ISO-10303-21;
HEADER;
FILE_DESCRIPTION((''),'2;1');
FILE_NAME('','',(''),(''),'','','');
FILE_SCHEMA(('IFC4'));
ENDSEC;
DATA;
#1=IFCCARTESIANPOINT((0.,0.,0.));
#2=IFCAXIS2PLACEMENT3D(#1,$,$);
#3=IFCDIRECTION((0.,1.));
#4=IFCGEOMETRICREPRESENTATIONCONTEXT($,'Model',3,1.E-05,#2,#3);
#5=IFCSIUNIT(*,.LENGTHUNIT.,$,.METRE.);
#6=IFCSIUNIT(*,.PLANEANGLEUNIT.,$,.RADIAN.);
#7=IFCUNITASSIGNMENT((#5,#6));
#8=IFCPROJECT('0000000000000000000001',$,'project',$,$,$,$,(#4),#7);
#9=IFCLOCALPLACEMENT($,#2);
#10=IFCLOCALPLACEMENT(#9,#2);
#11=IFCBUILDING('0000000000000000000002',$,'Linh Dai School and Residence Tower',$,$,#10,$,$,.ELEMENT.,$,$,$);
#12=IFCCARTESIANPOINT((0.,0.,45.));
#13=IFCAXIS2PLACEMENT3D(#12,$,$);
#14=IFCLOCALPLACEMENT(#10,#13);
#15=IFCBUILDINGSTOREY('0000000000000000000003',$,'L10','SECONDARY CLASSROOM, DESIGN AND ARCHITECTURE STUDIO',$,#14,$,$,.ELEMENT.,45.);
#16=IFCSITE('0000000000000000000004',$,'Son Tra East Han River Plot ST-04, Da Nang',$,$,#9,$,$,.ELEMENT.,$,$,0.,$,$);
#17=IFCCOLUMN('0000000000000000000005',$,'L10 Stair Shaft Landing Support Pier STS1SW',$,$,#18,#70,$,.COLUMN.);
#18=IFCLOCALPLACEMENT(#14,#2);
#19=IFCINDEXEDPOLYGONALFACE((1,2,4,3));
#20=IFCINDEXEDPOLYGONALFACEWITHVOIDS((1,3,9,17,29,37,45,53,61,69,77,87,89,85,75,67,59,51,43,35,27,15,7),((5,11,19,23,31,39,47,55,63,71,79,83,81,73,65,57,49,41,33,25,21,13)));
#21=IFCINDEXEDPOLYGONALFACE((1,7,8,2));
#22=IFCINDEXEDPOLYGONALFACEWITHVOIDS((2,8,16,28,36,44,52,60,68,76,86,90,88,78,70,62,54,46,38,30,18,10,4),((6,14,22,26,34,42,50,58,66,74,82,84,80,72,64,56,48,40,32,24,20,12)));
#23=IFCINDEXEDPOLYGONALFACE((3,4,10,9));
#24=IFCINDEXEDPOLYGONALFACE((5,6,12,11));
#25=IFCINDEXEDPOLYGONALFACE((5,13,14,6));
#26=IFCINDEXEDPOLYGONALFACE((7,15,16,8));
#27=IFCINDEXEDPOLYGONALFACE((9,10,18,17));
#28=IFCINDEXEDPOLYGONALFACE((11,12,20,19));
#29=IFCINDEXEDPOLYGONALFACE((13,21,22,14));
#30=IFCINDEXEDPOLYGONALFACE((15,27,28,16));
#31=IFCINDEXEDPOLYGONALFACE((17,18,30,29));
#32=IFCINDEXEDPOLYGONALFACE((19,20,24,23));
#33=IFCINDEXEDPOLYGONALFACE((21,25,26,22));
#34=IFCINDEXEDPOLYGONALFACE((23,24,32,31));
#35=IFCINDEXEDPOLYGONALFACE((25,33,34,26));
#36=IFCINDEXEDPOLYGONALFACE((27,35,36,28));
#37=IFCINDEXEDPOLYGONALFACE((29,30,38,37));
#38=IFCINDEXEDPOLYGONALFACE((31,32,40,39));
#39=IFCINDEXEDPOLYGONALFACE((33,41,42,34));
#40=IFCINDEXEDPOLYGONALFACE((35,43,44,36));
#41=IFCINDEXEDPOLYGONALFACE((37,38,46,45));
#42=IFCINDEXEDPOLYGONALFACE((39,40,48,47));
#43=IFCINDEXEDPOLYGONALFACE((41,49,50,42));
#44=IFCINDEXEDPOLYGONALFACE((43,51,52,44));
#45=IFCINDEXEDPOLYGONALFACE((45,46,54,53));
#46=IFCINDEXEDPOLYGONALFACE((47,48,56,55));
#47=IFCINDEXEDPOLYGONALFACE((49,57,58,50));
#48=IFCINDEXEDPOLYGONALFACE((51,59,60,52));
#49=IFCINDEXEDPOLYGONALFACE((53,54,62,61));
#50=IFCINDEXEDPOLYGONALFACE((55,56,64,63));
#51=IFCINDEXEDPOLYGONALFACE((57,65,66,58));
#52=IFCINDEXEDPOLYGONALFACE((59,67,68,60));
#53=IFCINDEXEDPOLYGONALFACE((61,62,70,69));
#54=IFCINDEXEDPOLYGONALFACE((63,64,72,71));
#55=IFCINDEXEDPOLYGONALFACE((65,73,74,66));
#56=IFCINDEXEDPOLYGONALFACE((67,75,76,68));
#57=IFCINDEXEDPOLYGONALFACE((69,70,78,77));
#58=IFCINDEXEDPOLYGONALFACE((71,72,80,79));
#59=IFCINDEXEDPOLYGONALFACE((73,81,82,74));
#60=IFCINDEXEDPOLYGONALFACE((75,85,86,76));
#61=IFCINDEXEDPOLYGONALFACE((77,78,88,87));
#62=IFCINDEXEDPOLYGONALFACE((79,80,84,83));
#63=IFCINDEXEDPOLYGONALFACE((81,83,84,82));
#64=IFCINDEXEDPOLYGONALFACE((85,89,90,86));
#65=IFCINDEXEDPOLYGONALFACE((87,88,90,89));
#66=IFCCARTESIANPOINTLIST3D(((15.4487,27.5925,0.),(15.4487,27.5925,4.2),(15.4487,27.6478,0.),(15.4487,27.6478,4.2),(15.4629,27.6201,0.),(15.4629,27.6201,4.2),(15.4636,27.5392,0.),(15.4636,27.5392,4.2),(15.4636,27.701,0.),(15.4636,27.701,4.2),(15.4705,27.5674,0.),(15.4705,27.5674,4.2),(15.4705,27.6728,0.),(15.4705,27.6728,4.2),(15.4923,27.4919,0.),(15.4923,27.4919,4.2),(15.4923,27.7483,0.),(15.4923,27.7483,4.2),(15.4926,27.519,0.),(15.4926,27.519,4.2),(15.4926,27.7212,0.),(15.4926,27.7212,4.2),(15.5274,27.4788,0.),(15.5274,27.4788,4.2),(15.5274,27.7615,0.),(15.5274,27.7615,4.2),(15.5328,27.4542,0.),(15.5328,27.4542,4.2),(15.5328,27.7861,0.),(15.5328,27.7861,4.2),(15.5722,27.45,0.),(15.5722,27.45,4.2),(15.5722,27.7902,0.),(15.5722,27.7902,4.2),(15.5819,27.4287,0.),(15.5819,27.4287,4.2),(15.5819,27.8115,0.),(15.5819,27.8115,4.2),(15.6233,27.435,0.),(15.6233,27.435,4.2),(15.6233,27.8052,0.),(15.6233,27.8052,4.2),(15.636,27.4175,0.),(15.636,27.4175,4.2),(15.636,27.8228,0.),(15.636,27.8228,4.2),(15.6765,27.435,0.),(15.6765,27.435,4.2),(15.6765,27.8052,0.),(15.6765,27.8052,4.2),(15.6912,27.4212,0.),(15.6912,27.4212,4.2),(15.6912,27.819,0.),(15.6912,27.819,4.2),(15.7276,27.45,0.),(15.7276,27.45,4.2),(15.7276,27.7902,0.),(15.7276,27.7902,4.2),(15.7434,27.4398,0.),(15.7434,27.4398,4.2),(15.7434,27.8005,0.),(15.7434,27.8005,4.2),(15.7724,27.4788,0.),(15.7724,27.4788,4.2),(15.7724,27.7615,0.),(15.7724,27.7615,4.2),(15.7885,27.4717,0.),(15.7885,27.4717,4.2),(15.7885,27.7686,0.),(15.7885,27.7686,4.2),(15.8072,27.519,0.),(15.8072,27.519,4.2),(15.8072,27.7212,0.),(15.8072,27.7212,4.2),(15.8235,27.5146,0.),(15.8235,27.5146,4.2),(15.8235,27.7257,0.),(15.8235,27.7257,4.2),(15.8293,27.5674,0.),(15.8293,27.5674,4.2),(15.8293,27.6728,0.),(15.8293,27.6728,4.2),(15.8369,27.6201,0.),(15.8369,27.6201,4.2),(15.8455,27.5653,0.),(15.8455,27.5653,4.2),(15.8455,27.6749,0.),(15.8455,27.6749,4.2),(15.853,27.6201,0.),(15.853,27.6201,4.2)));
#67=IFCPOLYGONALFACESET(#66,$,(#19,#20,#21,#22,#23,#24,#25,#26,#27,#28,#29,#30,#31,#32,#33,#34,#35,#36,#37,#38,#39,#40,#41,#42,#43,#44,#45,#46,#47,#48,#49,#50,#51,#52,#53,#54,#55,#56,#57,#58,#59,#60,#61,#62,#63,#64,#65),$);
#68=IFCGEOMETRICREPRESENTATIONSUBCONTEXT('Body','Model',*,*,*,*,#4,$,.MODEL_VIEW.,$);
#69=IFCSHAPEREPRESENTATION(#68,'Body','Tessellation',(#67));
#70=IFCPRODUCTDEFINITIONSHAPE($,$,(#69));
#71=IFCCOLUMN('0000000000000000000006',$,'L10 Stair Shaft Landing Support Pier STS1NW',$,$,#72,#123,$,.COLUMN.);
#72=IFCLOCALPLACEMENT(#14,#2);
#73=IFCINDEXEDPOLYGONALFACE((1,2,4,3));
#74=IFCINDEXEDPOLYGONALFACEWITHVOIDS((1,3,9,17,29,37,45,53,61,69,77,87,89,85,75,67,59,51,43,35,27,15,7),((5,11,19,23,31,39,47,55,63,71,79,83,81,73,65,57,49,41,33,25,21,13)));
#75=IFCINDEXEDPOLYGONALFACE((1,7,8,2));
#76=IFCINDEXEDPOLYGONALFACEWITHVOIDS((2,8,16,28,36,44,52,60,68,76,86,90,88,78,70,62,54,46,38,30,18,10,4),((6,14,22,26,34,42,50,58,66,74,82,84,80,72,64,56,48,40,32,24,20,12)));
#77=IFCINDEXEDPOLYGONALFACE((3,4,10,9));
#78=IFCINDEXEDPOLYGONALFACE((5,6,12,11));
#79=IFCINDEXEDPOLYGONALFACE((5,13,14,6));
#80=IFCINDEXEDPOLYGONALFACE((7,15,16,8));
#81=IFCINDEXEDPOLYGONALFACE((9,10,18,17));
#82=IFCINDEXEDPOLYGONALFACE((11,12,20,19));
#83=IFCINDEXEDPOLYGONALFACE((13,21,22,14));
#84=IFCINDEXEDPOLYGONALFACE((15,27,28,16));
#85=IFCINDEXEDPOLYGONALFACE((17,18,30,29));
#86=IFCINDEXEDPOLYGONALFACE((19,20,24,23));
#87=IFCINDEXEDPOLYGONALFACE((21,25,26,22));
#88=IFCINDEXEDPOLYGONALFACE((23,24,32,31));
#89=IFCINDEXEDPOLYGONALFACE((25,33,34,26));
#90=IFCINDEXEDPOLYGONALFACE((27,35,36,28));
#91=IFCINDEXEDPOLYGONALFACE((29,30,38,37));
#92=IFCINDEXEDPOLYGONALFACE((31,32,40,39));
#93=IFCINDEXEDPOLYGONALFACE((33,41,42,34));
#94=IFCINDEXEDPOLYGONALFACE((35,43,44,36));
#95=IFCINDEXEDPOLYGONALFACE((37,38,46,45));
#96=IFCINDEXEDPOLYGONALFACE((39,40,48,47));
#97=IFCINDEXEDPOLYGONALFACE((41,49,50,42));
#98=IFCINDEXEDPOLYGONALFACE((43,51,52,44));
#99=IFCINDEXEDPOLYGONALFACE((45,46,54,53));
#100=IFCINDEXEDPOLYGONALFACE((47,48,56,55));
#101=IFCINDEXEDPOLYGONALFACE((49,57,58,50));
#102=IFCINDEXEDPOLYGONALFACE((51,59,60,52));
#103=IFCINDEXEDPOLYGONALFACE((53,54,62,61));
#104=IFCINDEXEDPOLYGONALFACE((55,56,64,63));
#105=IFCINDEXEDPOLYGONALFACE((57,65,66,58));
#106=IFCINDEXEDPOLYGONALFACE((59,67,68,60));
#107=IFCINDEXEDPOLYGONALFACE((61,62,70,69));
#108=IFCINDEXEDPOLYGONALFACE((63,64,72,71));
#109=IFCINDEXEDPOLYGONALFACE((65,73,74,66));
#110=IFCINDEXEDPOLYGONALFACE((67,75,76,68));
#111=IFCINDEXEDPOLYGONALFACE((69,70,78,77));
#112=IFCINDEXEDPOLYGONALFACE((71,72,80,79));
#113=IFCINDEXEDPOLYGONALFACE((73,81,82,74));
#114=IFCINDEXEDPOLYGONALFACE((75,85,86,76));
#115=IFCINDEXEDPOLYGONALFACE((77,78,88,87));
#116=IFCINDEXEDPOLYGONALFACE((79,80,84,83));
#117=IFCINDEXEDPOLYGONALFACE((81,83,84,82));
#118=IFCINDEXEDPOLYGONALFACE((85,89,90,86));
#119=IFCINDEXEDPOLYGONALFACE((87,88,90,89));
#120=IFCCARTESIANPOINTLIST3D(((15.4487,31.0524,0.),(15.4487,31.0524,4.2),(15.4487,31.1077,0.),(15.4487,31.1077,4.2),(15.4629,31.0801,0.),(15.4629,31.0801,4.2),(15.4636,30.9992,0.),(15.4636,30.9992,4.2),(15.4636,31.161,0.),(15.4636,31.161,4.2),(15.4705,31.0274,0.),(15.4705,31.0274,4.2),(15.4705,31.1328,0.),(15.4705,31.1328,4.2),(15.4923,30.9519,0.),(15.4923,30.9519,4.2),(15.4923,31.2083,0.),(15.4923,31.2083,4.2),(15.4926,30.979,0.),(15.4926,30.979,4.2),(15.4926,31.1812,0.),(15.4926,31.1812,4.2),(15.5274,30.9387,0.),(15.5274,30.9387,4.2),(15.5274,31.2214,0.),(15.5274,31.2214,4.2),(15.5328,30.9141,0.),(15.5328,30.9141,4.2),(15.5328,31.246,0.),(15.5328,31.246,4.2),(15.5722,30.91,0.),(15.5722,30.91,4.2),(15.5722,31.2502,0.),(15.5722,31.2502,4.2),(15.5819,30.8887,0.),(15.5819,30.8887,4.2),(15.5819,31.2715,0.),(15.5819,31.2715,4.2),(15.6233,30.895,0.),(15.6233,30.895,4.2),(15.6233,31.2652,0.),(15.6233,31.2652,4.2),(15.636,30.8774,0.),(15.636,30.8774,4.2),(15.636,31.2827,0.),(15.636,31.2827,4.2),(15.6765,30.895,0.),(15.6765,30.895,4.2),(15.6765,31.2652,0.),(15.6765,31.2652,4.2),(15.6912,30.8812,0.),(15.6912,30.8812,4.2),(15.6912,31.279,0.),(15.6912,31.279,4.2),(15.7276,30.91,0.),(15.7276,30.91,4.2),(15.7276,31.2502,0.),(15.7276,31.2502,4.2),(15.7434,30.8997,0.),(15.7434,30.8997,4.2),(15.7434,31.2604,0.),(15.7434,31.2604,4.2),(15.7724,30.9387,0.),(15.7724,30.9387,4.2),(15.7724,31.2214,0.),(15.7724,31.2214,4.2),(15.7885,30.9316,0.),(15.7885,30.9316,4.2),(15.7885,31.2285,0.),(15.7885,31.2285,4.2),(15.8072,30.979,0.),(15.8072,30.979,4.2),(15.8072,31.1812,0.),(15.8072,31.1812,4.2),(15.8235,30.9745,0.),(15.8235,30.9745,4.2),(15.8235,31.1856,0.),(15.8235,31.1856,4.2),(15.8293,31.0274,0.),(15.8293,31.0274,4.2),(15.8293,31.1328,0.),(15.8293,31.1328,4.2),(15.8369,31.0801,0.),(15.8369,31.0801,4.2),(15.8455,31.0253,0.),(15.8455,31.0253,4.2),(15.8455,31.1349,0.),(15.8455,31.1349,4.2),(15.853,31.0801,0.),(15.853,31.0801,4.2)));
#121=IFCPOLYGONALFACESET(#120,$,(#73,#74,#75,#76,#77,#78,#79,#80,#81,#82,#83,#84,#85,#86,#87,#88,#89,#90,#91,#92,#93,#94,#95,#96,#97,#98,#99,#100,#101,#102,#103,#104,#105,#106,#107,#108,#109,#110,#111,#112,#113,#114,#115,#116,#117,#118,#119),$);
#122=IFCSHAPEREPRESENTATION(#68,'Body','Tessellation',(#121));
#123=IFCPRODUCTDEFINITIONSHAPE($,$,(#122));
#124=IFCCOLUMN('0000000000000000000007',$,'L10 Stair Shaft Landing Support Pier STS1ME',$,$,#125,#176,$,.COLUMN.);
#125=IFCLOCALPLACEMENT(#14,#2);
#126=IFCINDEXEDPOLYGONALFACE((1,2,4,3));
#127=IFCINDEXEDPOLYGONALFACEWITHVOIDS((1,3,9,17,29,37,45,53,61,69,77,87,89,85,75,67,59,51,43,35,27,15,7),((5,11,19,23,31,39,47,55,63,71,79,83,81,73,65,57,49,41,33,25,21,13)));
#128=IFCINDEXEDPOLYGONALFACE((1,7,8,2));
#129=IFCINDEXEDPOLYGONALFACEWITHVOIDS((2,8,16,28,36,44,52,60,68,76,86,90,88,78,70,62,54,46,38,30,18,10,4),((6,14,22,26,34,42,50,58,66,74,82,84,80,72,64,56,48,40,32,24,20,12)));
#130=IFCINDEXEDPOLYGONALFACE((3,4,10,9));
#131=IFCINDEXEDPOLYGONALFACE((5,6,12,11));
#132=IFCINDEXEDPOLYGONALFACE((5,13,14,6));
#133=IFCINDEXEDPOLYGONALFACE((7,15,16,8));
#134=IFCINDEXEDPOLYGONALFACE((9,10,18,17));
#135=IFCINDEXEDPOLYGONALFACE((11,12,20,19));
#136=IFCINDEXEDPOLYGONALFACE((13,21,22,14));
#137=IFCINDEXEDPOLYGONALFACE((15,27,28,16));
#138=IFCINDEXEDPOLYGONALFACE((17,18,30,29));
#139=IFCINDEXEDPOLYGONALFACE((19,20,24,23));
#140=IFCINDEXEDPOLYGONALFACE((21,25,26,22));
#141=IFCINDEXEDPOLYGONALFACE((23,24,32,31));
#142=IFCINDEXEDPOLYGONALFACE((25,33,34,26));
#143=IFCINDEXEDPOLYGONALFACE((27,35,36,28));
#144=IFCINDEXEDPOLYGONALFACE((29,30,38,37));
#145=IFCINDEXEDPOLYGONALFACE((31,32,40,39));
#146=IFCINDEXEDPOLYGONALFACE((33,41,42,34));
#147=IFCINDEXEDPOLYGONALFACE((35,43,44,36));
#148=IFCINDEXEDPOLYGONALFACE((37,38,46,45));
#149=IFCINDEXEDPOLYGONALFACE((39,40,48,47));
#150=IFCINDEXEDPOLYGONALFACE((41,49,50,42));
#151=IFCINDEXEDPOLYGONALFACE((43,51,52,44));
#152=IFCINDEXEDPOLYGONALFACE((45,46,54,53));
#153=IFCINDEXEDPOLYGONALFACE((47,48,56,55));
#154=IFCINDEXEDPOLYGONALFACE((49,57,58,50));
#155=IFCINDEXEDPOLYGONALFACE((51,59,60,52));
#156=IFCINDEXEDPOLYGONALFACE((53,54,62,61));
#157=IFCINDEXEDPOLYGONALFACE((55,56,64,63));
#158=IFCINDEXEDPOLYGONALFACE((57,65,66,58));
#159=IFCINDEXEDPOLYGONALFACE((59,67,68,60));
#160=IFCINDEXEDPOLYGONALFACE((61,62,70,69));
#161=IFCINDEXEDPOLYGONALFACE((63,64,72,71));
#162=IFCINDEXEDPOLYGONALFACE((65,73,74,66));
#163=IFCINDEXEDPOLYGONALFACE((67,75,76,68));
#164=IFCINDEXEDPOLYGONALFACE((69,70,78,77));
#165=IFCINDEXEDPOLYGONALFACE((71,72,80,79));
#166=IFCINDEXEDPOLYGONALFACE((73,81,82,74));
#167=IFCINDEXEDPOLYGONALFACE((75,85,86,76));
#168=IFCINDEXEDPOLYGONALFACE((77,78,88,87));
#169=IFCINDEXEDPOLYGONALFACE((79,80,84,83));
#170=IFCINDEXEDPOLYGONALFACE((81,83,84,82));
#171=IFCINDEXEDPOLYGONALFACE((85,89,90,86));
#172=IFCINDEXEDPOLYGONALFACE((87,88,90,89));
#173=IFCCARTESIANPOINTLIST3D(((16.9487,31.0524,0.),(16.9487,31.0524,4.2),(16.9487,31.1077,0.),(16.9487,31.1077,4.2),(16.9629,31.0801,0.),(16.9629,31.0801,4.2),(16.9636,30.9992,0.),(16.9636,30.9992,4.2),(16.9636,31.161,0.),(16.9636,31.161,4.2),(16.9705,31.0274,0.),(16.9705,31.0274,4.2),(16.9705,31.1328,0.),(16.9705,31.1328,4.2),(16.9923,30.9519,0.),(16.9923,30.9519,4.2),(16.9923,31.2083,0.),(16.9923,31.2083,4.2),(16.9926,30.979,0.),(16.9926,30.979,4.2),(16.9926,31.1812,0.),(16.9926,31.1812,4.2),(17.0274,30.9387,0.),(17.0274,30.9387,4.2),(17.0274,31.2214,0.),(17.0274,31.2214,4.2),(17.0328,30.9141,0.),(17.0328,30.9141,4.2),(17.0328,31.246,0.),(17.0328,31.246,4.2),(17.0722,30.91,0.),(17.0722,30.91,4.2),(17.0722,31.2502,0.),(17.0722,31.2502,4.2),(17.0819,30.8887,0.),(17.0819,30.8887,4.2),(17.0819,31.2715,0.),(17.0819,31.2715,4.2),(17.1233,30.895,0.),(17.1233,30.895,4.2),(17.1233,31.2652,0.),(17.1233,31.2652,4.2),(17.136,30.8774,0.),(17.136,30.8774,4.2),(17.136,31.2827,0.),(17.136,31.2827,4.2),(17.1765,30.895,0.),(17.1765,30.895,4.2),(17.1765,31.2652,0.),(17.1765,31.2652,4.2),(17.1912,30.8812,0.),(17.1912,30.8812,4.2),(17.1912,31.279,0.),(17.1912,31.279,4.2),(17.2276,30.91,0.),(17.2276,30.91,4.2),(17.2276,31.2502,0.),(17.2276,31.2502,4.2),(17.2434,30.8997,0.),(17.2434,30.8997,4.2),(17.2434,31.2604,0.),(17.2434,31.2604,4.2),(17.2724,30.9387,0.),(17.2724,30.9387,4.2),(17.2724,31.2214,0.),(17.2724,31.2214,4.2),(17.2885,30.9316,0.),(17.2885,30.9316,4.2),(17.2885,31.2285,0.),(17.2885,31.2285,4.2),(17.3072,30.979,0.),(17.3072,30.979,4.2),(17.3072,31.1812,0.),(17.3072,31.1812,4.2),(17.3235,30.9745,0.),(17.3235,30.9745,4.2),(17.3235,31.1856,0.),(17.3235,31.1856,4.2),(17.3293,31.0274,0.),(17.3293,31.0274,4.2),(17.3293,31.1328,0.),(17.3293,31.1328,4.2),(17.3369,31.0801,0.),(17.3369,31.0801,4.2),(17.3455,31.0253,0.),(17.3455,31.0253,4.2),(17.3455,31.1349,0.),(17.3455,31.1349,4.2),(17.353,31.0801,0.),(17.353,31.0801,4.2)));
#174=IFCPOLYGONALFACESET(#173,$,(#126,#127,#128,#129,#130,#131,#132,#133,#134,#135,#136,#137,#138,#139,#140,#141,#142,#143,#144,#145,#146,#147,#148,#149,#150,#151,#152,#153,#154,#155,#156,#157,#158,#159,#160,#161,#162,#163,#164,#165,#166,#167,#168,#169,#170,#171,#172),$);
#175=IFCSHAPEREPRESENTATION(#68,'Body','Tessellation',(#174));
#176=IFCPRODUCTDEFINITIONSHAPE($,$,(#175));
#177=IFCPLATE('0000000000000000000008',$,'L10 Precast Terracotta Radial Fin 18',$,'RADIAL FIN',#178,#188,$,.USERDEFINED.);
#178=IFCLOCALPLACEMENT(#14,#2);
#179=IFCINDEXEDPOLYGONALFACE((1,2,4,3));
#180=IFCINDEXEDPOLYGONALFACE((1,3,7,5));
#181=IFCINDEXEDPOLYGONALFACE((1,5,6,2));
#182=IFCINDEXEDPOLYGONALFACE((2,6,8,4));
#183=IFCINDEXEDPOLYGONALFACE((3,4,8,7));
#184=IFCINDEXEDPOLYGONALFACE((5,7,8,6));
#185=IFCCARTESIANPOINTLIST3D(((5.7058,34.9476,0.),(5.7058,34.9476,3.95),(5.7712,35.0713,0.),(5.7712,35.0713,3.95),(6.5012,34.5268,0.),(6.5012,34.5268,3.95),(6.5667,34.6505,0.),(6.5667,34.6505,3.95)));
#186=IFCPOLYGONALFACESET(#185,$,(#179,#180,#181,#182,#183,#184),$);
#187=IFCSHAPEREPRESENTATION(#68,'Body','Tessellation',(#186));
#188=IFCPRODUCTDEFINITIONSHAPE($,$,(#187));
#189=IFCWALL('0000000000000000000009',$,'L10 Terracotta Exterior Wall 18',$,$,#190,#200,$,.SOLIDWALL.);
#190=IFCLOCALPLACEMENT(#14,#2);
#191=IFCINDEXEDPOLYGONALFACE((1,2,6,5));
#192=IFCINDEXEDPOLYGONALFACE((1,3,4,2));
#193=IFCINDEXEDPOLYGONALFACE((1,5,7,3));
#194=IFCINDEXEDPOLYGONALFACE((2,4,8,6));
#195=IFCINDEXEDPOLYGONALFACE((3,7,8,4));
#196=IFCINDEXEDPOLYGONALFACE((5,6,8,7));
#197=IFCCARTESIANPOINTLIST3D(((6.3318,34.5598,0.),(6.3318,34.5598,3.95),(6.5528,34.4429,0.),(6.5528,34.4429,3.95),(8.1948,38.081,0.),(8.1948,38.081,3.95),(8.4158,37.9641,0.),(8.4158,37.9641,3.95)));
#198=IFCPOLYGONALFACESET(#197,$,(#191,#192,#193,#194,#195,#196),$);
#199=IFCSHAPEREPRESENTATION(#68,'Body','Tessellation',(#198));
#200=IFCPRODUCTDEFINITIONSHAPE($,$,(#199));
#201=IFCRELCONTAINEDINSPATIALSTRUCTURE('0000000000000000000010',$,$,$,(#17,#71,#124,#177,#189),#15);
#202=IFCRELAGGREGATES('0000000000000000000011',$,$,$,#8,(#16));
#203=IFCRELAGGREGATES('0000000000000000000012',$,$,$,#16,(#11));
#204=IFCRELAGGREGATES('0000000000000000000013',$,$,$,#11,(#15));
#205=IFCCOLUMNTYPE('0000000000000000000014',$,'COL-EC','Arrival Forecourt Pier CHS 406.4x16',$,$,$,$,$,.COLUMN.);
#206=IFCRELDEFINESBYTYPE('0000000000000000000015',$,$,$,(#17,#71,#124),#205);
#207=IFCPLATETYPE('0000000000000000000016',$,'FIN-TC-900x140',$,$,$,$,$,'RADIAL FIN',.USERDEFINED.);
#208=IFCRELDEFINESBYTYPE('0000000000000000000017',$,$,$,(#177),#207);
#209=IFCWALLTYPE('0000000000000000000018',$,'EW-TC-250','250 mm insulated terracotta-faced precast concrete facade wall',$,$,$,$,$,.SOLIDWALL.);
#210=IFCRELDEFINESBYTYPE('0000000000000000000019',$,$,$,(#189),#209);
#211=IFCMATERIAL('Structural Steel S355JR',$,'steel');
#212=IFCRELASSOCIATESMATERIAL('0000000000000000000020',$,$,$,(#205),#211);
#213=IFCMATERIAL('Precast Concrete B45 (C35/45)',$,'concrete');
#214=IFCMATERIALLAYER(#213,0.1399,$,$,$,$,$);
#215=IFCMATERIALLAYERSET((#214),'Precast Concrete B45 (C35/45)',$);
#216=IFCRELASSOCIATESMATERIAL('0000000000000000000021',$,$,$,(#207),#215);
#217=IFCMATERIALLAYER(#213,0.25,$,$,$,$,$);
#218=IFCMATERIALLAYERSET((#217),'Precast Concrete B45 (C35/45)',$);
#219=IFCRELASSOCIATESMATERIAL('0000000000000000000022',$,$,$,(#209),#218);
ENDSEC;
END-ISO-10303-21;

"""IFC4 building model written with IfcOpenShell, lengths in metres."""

from ifc_helpers import new_model, si_unit, direction, frame, frame_2d, origin, origin_2d, place, context, subcontext, project, spatial, rectangle, hollow_circle, extrude, source, transform, mapped, material, layer, layer_set, material_profile, profile_set, type_object, element, save


model = new_model("IFC4")

# Units and contexts
model_context = context("Model", 3, precision=1e-05, world=origin(), true_north=direction((0.0, 1.0)))
body_context = subcontext(model_context, "Body", "Model", "MODEL_VIEW")
ifc_project = project(units=[si_unit("LENGTHUNIT", "METRE"), si_unit("PLANEANGLEUNIT", "RADIAN")], contexts=[model_context])

# Site, building, storey
site_placement = place(None, origin())
site = spatial("IfcSite", under=ifc_project, at=site_placement, Name="Son Tra East Han River Plot ST-04, Da Nang", CompositionType="ELEMENT", RefElevation=0.0)
building_placement = place(site_placement, origin())
building = spatial("IfcBuilding", under=site, at=building_placement, Name="Linh Dai School and Residence Tower", CompositionType="ELEMENT")
storey_placement = place(building_placement, frame((0.0, 0.0, 45.0)))
storey = spatial("IfcBuildingStorey", under=building, at=storey_placement, Name="L10", Description="SECONDARY CLASSROOM, DESIGN AND ARCHITECTURE STUDIO", CompositionType="ELEMENT", Elevation=45.0)

# Columns
ifc_material_1 = material(Name="Structural Steel S355JR", Category="steel")
ifc_material_profile = material_profile(ifc_material_1, hollow_circle(Radius=0.2031, WallThickness=0.0161, at=origin_2d()), Name="CHS 406.4x16")
ifc_profile_set = profile_set([ifc_material_profile], Name="Structural Steel S355JR")
column_type = type_object("IfcColumnType", Name="COL-EC", Description="Arrival Forecourt Pier CHS 406.4x16", PredefinedType="COLUMN", material=ifc_profile_set)
for number, where, z_axis, x_axis, name in (
    (1, (15.6499, 27.6201, 0.0), (0.0, 0.0, 1.0), (1.0, 0.0, 0.0), "L10 Stair Shaft Landing Support Pier STS1SW"),
    (2, (15.6499, 31.0801, 0.0), (0.0, 0.0, 1.0), (1.0, 0.0, 0.0), "L10 Stair Shaft Landing Support Pier STS1NW"),
    (3, (17.1499, 31.0801, 0.0), (0.0, 0.0, 1.0), (1.0, 0.0, 0.0), "L10 Stair Shaft Landing Support Pier STS1ME"),
):
    element("IfcColumn", number, at=place(storey_placement, frame(where, z_axis=z_axis, x_axis=x_axis)), inside=storey, type_object=column_type, Name=name, PredefinedType="COLUMN", context=body_context, shape_type="SweptSolid", body=[
        extrude(hollow_circle(Radius=0.2031, WallThickness=0.0161, at=origin_2d()), origin(), (0.0, 0.0, 1.0), 4.2),
    ])

# Plate
ifc_material_2 = material(Name="Precast Concrete B45 (C35/45)", Category="concrete")
ifc_layer_1 = layer(ifc_material_2, 0.1399)
ifc_layer_set_1 = layer_set([ifc_layer_1], Name="Precast Concrete B45 (C35/45)")
plate_type = type_object("IfcPlateType", Name="FIN-TC-900x140", ElementType="RADIAL FIN", PredefinedType="USERDEFINED", material=ifc_layer_set_1)
shared_shape_1 = source(origin(), body_context, "Body", "SweptSolid", [
    extrude(rectangle(XDim=0.8999, YDim=0.1399, at=origin_2d()), origin(), (0.0, 0.0, 1.0), 3.95),
])
plate_placement = place(storey_placement, frame((6.1362, 34.7991, 0.0), z_axis=(0.0, 0.0, 1.0), x_axis=(-0.883934, 0.467612, 0.0)))
element("IfcPlate", 4, at=plate_placement, inside=storey, type_object=plate_type, Name="L10 Precast Terracotta Radial Fin 18", ObjectType="RADIAL FIN", PredefinedType="USERDEFINED", context=body_context, shape_type="MappedRepresentation", body=[
    mapped(shared_shape_1, transform((0.0, 0.0, 0.0), x_axis=(1.0, 0.0, 0.0), y_axis=(0.0, 1.0, 0.0), z_axis=(0.0, 0.0, 1.0), scale=1.0)),
])

# Wall
ifc_layer_2 = layer(ifc_material_2, 0.25)
ifc_layer_set_2 = layer_set([ifc_layer_2], Name="Precast Concrete B45 (C35/45)")
wall_type_1 = type_object("IfcWallType", Name="EW-TC-250", Description="250 mm insulated terracotta-faced precast concrete facade wall", PredefinedType="SOLIDWALL", material=ifc_layer_set_2)
wall_1_placement = place(storey_placement, frame((6.4424, 34.5015, 0.0), z_axis=(0.0, 0.0, 1.0), x_axis=(0.467662, 0.883907, 0.0)))
element("IfcWall", 5, at=wall_1_placement, inside=storey, type_object=wall_type_1, Name="L10 Terracotta Exterior Wall 18", PredefinedType="SOLIDWALL", context=body_context, shape_type="SweptSolid", body=[
    extrude(rectangle(XDim=3.9836, YDim=0.25, at=frame_2d((1.9917, 0.0))), origin(), (0.0, 0.0, 1.0), 3.95),
])

save(model, "model.ifc")
